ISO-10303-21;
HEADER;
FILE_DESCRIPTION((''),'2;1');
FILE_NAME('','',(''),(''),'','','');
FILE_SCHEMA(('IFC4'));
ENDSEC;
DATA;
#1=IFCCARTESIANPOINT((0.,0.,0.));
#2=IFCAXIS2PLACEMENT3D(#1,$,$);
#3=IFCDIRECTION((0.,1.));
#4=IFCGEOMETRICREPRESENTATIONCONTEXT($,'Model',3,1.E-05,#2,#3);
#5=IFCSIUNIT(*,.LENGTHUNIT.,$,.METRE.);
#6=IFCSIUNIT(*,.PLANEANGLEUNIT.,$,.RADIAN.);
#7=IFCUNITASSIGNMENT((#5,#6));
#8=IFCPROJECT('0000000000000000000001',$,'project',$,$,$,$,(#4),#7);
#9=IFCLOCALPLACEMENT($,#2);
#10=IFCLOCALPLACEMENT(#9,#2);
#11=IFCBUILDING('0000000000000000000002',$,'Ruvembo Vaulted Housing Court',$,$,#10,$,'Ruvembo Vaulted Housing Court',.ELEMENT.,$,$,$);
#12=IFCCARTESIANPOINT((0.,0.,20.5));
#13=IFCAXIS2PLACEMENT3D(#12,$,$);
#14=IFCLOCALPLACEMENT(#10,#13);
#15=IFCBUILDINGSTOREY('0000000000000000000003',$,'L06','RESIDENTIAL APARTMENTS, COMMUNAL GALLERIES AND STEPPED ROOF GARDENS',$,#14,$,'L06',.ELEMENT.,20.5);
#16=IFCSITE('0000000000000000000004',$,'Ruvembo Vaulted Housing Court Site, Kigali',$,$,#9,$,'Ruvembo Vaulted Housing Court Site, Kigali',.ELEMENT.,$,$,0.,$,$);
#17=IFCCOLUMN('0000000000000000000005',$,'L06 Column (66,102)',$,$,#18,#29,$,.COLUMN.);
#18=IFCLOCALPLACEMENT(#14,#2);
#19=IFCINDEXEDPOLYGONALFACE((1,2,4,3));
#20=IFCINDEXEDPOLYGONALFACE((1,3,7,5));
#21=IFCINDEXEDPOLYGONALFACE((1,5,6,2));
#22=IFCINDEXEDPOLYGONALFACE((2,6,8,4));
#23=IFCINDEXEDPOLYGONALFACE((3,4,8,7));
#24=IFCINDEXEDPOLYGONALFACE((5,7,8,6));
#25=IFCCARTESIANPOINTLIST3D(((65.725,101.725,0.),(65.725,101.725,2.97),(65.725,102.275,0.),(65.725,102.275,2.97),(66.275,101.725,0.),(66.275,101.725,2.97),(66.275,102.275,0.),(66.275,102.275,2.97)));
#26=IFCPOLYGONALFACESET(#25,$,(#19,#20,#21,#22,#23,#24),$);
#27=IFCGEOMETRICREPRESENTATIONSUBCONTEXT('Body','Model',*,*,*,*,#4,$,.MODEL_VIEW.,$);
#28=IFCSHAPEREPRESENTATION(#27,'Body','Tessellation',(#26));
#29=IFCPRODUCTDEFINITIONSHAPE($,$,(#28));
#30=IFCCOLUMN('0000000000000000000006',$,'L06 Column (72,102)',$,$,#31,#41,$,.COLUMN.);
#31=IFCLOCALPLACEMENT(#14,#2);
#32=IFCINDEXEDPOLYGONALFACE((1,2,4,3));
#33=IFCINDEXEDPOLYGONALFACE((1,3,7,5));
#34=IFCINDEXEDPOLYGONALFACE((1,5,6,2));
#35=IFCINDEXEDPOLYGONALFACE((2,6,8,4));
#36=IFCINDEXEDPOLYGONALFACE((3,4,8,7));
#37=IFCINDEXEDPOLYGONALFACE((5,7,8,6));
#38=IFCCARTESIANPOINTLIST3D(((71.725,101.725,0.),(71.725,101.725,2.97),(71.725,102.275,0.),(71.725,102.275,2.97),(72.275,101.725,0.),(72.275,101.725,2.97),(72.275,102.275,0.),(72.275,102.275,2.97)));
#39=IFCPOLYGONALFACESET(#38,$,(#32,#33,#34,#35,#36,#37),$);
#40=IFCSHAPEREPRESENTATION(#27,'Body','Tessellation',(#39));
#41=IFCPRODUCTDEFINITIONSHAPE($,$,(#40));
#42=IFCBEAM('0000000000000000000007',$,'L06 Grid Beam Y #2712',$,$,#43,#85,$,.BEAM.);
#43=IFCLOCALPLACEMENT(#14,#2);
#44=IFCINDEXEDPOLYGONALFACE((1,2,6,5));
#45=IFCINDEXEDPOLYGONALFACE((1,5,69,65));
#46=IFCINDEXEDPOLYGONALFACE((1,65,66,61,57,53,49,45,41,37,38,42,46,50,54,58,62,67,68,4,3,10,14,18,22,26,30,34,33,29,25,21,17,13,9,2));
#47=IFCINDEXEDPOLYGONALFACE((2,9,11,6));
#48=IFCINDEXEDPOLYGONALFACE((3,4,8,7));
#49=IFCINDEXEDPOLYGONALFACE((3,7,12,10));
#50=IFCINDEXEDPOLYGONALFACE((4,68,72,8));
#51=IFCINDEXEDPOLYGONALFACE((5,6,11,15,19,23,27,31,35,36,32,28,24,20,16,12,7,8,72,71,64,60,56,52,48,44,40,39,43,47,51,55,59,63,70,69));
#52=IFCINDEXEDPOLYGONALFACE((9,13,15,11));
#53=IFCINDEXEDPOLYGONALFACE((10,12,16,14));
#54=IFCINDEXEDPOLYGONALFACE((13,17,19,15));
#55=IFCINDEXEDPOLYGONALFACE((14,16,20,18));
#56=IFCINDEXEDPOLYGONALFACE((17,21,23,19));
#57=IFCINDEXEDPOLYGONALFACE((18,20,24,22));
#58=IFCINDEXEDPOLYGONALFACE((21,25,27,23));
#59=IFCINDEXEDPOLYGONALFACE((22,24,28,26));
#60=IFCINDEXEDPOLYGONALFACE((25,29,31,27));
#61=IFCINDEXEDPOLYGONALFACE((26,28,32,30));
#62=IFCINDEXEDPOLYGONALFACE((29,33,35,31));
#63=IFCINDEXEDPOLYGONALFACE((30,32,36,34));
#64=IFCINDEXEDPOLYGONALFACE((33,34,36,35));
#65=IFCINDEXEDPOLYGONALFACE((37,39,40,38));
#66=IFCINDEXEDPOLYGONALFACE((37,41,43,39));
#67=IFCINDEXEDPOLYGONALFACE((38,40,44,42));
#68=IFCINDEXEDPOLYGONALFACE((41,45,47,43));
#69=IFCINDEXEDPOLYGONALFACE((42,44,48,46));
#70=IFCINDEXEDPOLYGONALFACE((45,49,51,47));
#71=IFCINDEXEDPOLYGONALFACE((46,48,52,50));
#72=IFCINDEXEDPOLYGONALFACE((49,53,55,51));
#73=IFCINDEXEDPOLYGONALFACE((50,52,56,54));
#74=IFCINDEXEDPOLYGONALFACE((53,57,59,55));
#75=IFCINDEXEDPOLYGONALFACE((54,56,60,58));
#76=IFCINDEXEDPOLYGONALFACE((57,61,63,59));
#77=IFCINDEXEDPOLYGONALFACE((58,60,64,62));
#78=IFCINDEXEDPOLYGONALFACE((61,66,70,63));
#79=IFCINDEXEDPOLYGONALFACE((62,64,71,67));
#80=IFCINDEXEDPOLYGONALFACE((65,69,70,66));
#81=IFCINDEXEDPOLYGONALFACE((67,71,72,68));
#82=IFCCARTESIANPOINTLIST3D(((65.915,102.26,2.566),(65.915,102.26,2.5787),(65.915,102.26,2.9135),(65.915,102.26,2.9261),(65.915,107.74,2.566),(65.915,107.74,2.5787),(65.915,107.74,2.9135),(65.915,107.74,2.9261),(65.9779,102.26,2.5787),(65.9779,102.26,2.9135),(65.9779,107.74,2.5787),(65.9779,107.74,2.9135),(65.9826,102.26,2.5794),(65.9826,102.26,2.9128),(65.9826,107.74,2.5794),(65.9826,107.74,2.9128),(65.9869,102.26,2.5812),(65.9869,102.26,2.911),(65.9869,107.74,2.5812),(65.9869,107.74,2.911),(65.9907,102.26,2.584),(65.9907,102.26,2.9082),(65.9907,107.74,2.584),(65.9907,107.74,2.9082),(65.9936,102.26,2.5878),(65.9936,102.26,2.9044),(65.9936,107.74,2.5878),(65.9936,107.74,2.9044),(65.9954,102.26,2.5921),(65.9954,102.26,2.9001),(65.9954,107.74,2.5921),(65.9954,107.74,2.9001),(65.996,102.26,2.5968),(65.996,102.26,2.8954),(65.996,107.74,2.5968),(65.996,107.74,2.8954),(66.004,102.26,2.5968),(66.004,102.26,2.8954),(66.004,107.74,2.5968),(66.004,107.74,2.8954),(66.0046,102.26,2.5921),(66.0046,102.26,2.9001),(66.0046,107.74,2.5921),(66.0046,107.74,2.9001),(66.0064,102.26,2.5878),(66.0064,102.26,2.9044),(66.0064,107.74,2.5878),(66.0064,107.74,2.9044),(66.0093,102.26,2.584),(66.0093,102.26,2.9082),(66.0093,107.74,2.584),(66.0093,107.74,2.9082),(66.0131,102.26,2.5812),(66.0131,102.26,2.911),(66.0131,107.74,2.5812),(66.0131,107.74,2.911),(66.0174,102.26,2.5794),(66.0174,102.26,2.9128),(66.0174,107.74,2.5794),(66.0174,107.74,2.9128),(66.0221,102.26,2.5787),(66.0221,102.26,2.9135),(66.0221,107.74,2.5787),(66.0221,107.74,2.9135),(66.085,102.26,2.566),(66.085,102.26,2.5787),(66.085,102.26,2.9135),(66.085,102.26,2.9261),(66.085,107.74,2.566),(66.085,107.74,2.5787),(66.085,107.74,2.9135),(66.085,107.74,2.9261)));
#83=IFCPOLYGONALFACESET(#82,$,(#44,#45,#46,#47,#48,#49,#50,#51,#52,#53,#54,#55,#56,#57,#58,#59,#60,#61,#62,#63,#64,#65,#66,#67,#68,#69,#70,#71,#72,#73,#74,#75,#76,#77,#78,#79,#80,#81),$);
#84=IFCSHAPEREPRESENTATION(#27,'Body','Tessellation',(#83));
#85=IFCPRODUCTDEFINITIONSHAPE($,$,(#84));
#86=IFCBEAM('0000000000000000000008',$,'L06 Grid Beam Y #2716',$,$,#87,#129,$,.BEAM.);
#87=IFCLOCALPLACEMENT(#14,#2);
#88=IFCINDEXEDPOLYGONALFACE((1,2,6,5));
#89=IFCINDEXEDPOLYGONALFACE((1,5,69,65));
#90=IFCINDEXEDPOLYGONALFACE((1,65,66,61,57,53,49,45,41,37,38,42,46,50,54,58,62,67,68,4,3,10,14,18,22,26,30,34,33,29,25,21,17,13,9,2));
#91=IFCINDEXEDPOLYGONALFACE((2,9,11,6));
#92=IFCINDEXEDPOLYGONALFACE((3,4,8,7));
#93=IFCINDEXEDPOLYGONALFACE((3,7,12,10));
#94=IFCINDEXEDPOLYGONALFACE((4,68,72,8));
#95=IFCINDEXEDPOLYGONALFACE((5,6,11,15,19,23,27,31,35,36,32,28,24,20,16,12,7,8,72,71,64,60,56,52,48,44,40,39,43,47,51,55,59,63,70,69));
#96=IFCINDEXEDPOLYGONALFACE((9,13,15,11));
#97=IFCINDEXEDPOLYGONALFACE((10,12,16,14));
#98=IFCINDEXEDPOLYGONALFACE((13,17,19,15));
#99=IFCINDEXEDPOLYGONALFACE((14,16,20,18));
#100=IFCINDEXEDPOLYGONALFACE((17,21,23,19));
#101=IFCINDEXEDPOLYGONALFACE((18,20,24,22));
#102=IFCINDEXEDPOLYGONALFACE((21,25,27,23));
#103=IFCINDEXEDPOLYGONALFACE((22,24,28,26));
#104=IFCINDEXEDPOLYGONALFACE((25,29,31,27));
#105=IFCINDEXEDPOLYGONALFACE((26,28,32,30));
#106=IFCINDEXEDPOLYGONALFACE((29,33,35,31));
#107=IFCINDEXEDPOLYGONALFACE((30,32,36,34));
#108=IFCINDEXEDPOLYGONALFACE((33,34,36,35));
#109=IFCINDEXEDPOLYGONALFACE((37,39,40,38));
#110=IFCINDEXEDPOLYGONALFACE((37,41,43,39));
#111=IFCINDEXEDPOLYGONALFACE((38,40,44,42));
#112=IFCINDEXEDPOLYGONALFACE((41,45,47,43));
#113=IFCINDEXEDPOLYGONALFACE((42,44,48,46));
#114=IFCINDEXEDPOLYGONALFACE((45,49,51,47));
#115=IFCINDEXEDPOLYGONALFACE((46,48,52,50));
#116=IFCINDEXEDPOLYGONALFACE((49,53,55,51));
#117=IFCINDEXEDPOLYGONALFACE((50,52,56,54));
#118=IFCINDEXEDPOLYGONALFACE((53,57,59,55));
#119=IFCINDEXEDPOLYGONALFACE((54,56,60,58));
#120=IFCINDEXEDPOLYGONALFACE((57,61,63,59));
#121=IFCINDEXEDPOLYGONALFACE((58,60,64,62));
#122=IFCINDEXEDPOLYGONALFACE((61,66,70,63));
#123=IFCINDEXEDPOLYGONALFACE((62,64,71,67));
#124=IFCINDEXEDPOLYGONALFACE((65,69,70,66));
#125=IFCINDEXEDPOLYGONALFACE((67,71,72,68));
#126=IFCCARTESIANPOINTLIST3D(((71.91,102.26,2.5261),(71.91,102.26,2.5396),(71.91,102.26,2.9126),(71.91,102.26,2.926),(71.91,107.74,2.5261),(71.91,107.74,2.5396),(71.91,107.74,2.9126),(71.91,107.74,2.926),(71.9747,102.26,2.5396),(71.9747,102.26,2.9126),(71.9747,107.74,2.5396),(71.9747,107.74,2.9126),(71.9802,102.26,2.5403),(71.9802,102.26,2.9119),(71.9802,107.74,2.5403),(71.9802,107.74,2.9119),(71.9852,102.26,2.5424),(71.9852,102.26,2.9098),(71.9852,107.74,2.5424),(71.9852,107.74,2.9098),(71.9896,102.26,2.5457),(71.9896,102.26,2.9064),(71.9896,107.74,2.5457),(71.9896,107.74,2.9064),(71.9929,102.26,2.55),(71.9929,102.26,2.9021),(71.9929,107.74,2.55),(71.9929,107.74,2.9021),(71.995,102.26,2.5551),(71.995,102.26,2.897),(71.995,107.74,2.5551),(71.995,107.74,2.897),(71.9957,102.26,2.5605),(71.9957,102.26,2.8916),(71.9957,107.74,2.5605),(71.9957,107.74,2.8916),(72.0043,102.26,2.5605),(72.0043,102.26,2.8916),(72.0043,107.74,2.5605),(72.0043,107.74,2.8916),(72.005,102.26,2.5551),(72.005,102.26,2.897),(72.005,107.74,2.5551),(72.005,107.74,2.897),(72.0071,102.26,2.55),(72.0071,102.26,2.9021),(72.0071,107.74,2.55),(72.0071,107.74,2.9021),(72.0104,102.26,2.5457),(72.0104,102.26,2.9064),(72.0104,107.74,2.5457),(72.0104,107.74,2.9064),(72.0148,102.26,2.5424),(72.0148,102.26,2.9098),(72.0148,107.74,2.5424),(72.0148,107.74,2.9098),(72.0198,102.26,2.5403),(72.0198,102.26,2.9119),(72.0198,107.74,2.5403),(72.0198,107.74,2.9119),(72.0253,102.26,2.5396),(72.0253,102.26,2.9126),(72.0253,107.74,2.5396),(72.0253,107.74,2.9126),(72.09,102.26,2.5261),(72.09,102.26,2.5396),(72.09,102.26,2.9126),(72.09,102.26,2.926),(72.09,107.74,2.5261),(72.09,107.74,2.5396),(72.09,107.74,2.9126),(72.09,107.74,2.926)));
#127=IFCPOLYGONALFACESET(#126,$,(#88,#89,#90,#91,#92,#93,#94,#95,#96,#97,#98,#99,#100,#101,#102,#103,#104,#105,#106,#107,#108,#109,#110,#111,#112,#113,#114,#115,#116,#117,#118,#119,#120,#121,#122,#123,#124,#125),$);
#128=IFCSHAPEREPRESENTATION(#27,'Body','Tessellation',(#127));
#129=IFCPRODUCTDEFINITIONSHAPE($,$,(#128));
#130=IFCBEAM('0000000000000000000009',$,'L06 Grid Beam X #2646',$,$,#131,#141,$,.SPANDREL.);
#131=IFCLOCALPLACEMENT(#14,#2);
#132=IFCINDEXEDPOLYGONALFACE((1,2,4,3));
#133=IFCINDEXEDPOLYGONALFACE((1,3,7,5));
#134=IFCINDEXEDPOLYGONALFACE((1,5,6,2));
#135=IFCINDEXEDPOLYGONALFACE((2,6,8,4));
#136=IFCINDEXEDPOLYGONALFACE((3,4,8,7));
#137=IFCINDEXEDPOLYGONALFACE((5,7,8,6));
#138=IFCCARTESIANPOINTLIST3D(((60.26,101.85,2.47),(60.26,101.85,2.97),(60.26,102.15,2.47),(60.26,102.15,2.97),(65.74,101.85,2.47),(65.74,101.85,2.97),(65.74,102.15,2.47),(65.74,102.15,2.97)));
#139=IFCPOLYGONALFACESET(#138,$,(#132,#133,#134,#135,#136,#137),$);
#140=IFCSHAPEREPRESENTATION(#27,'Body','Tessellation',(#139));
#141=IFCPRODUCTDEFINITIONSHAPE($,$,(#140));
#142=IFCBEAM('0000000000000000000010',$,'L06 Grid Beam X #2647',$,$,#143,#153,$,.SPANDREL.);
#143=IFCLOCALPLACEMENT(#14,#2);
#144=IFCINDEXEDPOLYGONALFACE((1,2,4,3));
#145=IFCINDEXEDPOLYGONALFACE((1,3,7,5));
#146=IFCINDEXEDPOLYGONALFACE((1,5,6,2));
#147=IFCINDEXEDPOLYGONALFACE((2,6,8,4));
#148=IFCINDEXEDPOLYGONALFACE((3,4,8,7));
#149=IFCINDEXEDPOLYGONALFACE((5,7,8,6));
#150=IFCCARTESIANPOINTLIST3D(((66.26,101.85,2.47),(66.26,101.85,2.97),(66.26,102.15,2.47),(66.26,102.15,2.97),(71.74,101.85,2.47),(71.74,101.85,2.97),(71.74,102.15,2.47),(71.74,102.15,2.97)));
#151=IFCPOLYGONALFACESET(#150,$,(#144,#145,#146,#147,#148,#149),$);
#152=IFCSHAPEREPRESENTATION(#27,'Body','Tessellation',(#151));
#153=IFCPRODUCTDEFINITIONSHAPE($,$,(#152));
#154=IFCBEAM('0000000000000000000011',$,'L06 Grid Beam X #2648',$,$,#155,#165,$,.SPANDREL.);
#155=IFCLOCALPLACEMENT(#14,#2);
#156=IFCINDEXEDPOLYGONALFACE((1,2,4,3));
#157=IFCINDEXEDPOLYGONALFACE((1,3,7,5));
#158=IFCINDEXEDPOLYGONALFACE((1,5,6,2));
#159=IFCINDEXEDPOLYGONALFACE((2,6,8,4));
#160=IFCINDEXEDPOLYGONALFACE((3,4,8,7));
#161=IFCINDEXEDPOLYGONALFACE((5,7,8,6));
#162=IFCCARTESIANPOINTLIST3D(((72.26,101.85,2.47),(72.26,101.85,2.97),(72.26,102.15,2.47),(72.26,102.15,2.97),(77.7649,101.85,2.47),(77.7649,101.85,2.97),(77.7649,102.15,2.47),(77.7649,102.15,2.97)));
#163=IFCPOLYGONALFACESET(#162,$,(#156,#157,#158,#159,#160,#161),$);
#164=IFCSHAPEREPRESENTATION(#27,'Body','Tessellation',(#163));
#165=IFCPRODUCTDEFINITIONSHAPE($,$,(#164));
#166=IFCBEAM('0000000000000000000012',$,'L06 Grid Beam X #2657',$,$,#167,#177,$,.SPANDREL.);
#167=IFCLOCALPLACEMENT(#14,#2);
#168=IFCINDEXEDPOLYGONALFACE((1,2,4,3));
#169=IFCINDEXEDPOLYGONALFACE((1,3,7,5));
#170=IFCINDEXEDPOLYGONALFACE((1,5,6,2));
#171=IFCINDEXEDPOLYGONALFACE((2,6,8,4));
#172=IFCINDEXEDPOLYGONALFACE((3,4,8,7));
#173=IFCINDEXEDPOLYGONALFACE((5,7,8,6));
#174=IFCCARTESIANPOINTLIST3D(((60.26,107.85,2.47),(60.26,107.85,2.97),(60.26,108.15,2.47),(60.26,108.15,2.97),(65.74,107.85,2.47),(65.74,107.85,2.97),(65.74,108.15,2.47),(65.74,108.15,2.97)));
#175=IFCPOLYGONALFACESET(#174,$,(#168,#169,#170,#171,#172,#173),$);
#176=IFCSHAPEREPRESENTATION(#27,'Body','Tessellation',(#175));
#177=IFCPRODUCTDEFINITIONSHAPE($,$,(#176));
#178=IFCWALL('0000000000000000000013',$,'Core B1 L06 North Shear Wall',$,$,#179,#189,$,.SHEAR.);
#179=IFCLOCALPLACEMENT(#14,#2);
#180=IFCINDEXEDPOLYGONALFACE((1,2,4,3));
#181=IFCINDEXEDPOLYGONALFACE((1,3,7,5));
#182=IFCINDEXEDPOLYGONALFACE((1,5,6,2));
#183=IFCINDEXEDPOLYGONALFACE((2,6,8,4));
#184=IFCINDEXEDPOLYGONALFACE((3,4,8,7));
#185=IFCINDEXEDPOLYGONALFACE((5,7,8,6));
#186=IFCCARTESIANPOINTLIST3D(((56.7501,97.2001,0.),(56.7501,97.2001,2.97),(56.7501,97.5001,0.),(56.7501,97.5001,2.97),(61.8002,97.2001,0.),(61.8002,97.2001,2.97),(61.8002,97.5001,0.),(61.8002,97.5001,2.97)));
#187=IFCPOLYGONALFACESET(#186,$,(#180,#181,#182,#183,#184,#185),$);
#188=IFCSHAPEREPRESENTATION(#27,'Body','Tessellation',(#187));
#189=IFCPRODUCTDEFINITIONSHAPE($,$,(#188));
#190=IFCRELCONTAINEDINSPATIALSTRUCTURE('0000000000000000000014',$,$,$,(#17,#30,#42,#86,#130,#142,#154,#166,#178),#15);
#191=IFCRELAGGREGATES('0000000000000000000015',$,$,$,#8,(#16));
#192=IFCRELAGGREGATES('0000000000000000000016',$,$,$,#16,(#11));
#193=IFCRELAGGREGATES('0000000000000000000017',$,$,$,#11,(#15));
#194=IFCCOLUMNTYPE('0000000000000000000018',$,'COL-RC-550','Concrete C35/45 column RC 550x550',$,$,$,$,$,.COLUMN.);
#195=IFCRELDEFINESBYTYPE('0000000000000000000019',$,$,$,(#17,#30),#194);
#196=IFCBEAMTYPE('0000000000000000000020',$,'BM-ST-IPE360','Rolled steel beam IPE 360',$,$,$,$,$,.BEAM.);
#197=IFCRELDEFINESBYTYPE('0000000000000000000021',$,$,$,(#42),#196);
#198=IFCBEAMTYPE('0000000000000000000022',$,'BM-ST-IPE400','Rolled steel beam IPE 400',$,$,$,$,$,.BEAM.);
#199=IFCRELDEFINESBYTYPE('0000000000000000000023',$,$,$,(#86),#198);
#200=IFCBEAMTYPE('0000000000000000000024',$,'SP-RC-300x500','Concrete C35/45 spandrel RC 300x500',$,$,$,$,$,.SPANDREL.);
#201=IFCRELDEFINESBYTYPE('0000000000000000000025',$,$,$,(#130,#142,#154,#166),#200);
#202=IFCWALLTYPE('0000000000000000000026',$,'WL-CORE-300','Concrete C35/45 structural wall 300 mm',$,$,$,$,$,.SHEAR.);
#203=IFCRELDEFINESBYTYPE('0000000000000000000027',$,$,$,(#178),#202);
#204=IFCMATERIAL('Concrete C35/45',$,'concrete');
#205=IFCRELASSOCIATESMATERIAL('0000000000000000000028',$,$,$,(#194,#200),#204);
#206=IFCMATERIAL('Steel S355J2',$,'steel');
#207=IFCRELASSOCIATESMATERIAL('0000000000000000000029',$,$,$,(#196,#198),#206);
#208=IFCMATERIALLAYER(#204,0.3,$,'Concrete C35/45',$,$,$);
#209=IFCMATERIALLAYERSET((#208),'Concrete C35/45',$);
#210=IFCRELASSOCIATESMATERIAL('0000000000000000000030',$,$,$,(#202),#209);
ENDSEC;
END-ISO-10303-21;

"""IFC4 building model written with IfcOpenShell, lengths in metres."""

from ifc_helpers import new_model, si_unit, direction, frame, frame_2d, origin, origin_2d, place, context, subcontext, project, spatial, rectangle, i_section, extrude, material, layer, layer_set, material_profile, profile_set, type_object, element, save


model = new_model("IFC4")

# Units and contexts
model_context = context("Model", 3, precision=1e-05, world=origin(), true_north=direction((0.0, 1.0)))
body_context = subcontext(model_context, "Body", "Model", "MODEL_VIEW")
ifc_project = project(units=[si_unit("LENGTHUNIT", "METRE"), si_unit("PLANEANGLEUNIT", "RADIAN")], contexts=[model_context])

# Site, building, storey
site_placement = place(None, origin())
site = spatial("IfcSite", under=ifc_project, at=site_placement, Name="Ruvembo Vaulted Housing Court Site, Kigali", LongName="Ruvembo Vaulted Housing Court Site, Kigali", CompositionType="ELEMENT", RefElevation=0.0)
building_placement = place(site_placement, origin())
building = spatial("IfcBuilding", under=site, at=building_placement, Name="Ruvembo Vaulted Housing Court", LongName="Ruvembo Vaulted Housing Court", CompositionType="ELEMENT")
storey_placement = place(building_placement, frame((0.0, 0.0, 20.5)))
storey = spatial("IfcBuildingStorey", under=building, at=storey_placement, Name="L06", Description="RESIDENTIAL APARTMENTS, COMMUNAL GALLERIES AND STEPPED ROOF GARDENS", LongName="L06", CompositionType="ELEMENT", Elevation=20.5)

# Columns
ifc_material_1 = material(Name="Concrete C35/45", Category="concrete")
ifc_material_profile_1 = material_profile(ifc_material_1, rectangle(XDim=0.55, YDim=0.55, at=origin_2d()), Name="RC 550x550")
ifc_profile_set_1 = profile_set([ifc_material_profile_1], Name="Concrete C35/45")
column_type = type_object("IfcColumnType", Name="COL-RC-550", Description="Concrete C35/45 column RC 550x550", PredefinedType="COLUMN", material=ifc_profile_set_1)
for number, where, z_axis, x_axis, name in (
    (1, (66.0, 102.0, 0.0), (0.0, 0.0, 1.0), (1.0, 0.0, 0.0), "L06 Column (66,102)"),
    (2, (72.0, 102.0, 0.0), (0.0, 0.0, 1.0), (1.0, 0.0, 0.0), "L06 Column (72,102)"),
):
    element("IfcColumn", number, at=place(storey_placement, frame(where, z_axis=z_axis, x_axis=x_axis)), inside=storey, type_object=column_type, Name=name, PredefinedType="COLUMN", context=body_context, shape_type="SweptSolid", body=[
        extrude(rectangle(XDim=0.55, YDim=0.55, at=origin_2d()), origin(), (0.0, 0.0, 1.0), 2.97),
    ])

# Beams
ifc_material_2 = material(Name="Steel S355J2", Category="steel")
ifc_material_profile_2 = material_profile(ifc_material_2, i_section(OverallWidth=0.1699, OverallDepth=0.3601, WebThickness=0.0081, FlangeThickness=0.0127, FilletRadius=0.0181, at=origin_2d()), Name="IPE 360")
ifc_profile_set_2 = profile_set([ifc_material_profile_2], Name="Steel S355J2")
beam_type_1 = type_object("IfcBeamType", Name="BM-ST-IPE360", Description="Rolled steel beam IPE 360", PredefinedType="BEAM", material=ifc_profile_set_2)
beam_1_placement = place(storey_placement, frame((66.0, 102.26, 2.7461), z_axis=(0.0, 1.0, 0.0), x_axis=(-1.0, 0.0, 0.0)))
element("IfcBeam", 3, at=beam_1_placement, inside=storey, type_object=beam_type_1, Name="L06 Grid Beam Y #2712", PredefinedType="BEAM", context=body_context, shape_type="SweptSolid", body=[
    extrude(i_section(OverallWidth=0.1699, OverallDepth=0.3601, WebThickness=0.0081, FlangeThickness=0.0127, FilletRadius=0.0181, at=origin_2d()), origin(), (0.0, 0.0, 1.0), 5.48),
])
ifc_material_profile_3 = material_profile(ifc_material_2, i_section(OverallWidth=0.1799, OverallDepth=0.3999, WebThickness=0.0085, FlangeThickness=0.0134, FilletRadius=0.021, at=origin_2d()), Name="IPE 400")
ifc_profile_set_3 = profile_set([ifc_material_profile_3], Name="Steel S355J2")
beam_type_2 = type_object("IfcBeamType", Name="BM-ST-IPE400", Description="Rolled steel beam IPE 400", PredefinedType="BEAM", material=ifc_profile_set_3)
beam_2_placement = place(storey_placement, frame((72.0, 102.26, 2.7261), z_axis=(0.0, 1.0, 0.0), x_axis=(-1.0, 0.0, 0.0)))
element("IfcBeam", 4, at=beam_2_placement, inside=storey, type_object=beam_type_2, Name="L06 Grid Beam Y #2716", PredefinedType="BEAM", context=body_context, shape_type="SweptSolid", body=[
    extrude(i_section(OverallWidth=0.1799, OverallDepth=0.3999, WebThickness=0.0085, FlangeThickness=0.0134, FilletRadius=0.021, at=origin_2d()), origin(), (0.0, 0.0, 1.0), 5.48),
])
ifc_material_profile_4 = material_profile(ifc_material_1, rectangle(XDim=0.3, YDim=0.5, at=origin_2d()), Name="RC 300x500")
ifc_profile_set_4 = profile_set([ifc_material_profile_4], Name="Concrete C35/45")
beam_type_3 = type_object("IfcBeamType", Name="SP-RC-300x500", Description="Concrete C35/45 spandrel RC 300x500", PredefinedType="SPANDREL", material=ifc_profile_set_4)
for number, where, z_axis, x_axis, name in (
    (5, (60.26, 102.0, 2.72), (1.0, 0.0, 0.0), (0.0, 1.0, 0.0), "L06 Grid Beam X #2646"),
    (6, (66.26, 102.0, 2.72), (1.0, 0.0, 0.0), (0.0, 1.0, 0.0), "L06 Grid Beam X #2647"),
):
    element("IfcBeam", number, at=place(storey_placement, frame(where, z_axis=z_axis, x_axis=x_axis)), inside=storey, type_object=beam_type_3, Name=name, PredefinedType="SPANDREL", context=body_context, shape_type="SweptSolid", body=[
        extrude(rectangle(XDim=0.3, YDim=0.5, at=origin_2d()), origin(), (0.0, 0.0, 1.0), 5.48),
    ])
beam_3_placement = place(storey_placement, frame((72.26, 102.0, 2.72), z_axis=(1.0, 0.0, 0.0), x_axis=(0.0, 1.0, 0.0)))
element("IfcBeam", 7, at=beam_3_placement, inside=storey, type_object=beam_type_3, Name="L06 Grid Beam X #2648", PredefinedType="SPANDREL", context=body_context, shape_type="SweptSolid", body=[
    extrude(rectangle(XDim=0.3, YDim=0.5, at=origin_2d()), origin(), (0.0, 0.0, 1.0), 5.5049),
])
beam_4_placement = place(storey_placement, frame((60.26, 108.0, 2.72), z_axis=(1.0, 0.0, 0.0), x_axis=(0.0, 1.0, 0.0)))
element("IfcBeam", 8, at=beam_4_placement, inside=storey, type_object=beam_type_3, Name="L06 Grid Beam X #2657", PredefinedType="SPANDREL", context=body_context, shape_type="SweptSolid", body=[
    extrude(rectangle(XDim=0.3, YDim=0.5, at=origin_2d()), origin(), (0.0, 0.0, 1.0), 5.48),
])

# Wall
ifc_layer_1 = layer(ifc_material_1, 0.3, Name="Concrete C35/45")
ifc_layer_set_1 = layer_set([ifc_layer_1], Name="Concrete C35/45")
wall_type_1 = type_object("IfcWallType", Name="WL-CORE-300", Description="Concrete C35/45 structural wall 300 mm", PredefinedType="SHEAR", material=ifc_layer_set_1)
wall_1_placement = place(storey_placement, frame((61.8, 97.3501, 0.0), z_axis=(0.0, 0.0, 1.0), x_axis=(-1.0, 0.0, 0.0)))
element("IfcWall", 9, at=wall_1_placement, inside=storey, type_object=wall_type_1, Name="Core B1 L06 North Shear Wall", PredefinedType="SHEAR", context=body_context, shape_type="SweptSolid", body=[
    extrude(rectangle(XDim=5.05, YDim=0.3, at=frame_2d((2.5249, 0.0))), origin(), (0.0, 0.0, 1.0), 2.97),
])

save(model, "model.ifc")
